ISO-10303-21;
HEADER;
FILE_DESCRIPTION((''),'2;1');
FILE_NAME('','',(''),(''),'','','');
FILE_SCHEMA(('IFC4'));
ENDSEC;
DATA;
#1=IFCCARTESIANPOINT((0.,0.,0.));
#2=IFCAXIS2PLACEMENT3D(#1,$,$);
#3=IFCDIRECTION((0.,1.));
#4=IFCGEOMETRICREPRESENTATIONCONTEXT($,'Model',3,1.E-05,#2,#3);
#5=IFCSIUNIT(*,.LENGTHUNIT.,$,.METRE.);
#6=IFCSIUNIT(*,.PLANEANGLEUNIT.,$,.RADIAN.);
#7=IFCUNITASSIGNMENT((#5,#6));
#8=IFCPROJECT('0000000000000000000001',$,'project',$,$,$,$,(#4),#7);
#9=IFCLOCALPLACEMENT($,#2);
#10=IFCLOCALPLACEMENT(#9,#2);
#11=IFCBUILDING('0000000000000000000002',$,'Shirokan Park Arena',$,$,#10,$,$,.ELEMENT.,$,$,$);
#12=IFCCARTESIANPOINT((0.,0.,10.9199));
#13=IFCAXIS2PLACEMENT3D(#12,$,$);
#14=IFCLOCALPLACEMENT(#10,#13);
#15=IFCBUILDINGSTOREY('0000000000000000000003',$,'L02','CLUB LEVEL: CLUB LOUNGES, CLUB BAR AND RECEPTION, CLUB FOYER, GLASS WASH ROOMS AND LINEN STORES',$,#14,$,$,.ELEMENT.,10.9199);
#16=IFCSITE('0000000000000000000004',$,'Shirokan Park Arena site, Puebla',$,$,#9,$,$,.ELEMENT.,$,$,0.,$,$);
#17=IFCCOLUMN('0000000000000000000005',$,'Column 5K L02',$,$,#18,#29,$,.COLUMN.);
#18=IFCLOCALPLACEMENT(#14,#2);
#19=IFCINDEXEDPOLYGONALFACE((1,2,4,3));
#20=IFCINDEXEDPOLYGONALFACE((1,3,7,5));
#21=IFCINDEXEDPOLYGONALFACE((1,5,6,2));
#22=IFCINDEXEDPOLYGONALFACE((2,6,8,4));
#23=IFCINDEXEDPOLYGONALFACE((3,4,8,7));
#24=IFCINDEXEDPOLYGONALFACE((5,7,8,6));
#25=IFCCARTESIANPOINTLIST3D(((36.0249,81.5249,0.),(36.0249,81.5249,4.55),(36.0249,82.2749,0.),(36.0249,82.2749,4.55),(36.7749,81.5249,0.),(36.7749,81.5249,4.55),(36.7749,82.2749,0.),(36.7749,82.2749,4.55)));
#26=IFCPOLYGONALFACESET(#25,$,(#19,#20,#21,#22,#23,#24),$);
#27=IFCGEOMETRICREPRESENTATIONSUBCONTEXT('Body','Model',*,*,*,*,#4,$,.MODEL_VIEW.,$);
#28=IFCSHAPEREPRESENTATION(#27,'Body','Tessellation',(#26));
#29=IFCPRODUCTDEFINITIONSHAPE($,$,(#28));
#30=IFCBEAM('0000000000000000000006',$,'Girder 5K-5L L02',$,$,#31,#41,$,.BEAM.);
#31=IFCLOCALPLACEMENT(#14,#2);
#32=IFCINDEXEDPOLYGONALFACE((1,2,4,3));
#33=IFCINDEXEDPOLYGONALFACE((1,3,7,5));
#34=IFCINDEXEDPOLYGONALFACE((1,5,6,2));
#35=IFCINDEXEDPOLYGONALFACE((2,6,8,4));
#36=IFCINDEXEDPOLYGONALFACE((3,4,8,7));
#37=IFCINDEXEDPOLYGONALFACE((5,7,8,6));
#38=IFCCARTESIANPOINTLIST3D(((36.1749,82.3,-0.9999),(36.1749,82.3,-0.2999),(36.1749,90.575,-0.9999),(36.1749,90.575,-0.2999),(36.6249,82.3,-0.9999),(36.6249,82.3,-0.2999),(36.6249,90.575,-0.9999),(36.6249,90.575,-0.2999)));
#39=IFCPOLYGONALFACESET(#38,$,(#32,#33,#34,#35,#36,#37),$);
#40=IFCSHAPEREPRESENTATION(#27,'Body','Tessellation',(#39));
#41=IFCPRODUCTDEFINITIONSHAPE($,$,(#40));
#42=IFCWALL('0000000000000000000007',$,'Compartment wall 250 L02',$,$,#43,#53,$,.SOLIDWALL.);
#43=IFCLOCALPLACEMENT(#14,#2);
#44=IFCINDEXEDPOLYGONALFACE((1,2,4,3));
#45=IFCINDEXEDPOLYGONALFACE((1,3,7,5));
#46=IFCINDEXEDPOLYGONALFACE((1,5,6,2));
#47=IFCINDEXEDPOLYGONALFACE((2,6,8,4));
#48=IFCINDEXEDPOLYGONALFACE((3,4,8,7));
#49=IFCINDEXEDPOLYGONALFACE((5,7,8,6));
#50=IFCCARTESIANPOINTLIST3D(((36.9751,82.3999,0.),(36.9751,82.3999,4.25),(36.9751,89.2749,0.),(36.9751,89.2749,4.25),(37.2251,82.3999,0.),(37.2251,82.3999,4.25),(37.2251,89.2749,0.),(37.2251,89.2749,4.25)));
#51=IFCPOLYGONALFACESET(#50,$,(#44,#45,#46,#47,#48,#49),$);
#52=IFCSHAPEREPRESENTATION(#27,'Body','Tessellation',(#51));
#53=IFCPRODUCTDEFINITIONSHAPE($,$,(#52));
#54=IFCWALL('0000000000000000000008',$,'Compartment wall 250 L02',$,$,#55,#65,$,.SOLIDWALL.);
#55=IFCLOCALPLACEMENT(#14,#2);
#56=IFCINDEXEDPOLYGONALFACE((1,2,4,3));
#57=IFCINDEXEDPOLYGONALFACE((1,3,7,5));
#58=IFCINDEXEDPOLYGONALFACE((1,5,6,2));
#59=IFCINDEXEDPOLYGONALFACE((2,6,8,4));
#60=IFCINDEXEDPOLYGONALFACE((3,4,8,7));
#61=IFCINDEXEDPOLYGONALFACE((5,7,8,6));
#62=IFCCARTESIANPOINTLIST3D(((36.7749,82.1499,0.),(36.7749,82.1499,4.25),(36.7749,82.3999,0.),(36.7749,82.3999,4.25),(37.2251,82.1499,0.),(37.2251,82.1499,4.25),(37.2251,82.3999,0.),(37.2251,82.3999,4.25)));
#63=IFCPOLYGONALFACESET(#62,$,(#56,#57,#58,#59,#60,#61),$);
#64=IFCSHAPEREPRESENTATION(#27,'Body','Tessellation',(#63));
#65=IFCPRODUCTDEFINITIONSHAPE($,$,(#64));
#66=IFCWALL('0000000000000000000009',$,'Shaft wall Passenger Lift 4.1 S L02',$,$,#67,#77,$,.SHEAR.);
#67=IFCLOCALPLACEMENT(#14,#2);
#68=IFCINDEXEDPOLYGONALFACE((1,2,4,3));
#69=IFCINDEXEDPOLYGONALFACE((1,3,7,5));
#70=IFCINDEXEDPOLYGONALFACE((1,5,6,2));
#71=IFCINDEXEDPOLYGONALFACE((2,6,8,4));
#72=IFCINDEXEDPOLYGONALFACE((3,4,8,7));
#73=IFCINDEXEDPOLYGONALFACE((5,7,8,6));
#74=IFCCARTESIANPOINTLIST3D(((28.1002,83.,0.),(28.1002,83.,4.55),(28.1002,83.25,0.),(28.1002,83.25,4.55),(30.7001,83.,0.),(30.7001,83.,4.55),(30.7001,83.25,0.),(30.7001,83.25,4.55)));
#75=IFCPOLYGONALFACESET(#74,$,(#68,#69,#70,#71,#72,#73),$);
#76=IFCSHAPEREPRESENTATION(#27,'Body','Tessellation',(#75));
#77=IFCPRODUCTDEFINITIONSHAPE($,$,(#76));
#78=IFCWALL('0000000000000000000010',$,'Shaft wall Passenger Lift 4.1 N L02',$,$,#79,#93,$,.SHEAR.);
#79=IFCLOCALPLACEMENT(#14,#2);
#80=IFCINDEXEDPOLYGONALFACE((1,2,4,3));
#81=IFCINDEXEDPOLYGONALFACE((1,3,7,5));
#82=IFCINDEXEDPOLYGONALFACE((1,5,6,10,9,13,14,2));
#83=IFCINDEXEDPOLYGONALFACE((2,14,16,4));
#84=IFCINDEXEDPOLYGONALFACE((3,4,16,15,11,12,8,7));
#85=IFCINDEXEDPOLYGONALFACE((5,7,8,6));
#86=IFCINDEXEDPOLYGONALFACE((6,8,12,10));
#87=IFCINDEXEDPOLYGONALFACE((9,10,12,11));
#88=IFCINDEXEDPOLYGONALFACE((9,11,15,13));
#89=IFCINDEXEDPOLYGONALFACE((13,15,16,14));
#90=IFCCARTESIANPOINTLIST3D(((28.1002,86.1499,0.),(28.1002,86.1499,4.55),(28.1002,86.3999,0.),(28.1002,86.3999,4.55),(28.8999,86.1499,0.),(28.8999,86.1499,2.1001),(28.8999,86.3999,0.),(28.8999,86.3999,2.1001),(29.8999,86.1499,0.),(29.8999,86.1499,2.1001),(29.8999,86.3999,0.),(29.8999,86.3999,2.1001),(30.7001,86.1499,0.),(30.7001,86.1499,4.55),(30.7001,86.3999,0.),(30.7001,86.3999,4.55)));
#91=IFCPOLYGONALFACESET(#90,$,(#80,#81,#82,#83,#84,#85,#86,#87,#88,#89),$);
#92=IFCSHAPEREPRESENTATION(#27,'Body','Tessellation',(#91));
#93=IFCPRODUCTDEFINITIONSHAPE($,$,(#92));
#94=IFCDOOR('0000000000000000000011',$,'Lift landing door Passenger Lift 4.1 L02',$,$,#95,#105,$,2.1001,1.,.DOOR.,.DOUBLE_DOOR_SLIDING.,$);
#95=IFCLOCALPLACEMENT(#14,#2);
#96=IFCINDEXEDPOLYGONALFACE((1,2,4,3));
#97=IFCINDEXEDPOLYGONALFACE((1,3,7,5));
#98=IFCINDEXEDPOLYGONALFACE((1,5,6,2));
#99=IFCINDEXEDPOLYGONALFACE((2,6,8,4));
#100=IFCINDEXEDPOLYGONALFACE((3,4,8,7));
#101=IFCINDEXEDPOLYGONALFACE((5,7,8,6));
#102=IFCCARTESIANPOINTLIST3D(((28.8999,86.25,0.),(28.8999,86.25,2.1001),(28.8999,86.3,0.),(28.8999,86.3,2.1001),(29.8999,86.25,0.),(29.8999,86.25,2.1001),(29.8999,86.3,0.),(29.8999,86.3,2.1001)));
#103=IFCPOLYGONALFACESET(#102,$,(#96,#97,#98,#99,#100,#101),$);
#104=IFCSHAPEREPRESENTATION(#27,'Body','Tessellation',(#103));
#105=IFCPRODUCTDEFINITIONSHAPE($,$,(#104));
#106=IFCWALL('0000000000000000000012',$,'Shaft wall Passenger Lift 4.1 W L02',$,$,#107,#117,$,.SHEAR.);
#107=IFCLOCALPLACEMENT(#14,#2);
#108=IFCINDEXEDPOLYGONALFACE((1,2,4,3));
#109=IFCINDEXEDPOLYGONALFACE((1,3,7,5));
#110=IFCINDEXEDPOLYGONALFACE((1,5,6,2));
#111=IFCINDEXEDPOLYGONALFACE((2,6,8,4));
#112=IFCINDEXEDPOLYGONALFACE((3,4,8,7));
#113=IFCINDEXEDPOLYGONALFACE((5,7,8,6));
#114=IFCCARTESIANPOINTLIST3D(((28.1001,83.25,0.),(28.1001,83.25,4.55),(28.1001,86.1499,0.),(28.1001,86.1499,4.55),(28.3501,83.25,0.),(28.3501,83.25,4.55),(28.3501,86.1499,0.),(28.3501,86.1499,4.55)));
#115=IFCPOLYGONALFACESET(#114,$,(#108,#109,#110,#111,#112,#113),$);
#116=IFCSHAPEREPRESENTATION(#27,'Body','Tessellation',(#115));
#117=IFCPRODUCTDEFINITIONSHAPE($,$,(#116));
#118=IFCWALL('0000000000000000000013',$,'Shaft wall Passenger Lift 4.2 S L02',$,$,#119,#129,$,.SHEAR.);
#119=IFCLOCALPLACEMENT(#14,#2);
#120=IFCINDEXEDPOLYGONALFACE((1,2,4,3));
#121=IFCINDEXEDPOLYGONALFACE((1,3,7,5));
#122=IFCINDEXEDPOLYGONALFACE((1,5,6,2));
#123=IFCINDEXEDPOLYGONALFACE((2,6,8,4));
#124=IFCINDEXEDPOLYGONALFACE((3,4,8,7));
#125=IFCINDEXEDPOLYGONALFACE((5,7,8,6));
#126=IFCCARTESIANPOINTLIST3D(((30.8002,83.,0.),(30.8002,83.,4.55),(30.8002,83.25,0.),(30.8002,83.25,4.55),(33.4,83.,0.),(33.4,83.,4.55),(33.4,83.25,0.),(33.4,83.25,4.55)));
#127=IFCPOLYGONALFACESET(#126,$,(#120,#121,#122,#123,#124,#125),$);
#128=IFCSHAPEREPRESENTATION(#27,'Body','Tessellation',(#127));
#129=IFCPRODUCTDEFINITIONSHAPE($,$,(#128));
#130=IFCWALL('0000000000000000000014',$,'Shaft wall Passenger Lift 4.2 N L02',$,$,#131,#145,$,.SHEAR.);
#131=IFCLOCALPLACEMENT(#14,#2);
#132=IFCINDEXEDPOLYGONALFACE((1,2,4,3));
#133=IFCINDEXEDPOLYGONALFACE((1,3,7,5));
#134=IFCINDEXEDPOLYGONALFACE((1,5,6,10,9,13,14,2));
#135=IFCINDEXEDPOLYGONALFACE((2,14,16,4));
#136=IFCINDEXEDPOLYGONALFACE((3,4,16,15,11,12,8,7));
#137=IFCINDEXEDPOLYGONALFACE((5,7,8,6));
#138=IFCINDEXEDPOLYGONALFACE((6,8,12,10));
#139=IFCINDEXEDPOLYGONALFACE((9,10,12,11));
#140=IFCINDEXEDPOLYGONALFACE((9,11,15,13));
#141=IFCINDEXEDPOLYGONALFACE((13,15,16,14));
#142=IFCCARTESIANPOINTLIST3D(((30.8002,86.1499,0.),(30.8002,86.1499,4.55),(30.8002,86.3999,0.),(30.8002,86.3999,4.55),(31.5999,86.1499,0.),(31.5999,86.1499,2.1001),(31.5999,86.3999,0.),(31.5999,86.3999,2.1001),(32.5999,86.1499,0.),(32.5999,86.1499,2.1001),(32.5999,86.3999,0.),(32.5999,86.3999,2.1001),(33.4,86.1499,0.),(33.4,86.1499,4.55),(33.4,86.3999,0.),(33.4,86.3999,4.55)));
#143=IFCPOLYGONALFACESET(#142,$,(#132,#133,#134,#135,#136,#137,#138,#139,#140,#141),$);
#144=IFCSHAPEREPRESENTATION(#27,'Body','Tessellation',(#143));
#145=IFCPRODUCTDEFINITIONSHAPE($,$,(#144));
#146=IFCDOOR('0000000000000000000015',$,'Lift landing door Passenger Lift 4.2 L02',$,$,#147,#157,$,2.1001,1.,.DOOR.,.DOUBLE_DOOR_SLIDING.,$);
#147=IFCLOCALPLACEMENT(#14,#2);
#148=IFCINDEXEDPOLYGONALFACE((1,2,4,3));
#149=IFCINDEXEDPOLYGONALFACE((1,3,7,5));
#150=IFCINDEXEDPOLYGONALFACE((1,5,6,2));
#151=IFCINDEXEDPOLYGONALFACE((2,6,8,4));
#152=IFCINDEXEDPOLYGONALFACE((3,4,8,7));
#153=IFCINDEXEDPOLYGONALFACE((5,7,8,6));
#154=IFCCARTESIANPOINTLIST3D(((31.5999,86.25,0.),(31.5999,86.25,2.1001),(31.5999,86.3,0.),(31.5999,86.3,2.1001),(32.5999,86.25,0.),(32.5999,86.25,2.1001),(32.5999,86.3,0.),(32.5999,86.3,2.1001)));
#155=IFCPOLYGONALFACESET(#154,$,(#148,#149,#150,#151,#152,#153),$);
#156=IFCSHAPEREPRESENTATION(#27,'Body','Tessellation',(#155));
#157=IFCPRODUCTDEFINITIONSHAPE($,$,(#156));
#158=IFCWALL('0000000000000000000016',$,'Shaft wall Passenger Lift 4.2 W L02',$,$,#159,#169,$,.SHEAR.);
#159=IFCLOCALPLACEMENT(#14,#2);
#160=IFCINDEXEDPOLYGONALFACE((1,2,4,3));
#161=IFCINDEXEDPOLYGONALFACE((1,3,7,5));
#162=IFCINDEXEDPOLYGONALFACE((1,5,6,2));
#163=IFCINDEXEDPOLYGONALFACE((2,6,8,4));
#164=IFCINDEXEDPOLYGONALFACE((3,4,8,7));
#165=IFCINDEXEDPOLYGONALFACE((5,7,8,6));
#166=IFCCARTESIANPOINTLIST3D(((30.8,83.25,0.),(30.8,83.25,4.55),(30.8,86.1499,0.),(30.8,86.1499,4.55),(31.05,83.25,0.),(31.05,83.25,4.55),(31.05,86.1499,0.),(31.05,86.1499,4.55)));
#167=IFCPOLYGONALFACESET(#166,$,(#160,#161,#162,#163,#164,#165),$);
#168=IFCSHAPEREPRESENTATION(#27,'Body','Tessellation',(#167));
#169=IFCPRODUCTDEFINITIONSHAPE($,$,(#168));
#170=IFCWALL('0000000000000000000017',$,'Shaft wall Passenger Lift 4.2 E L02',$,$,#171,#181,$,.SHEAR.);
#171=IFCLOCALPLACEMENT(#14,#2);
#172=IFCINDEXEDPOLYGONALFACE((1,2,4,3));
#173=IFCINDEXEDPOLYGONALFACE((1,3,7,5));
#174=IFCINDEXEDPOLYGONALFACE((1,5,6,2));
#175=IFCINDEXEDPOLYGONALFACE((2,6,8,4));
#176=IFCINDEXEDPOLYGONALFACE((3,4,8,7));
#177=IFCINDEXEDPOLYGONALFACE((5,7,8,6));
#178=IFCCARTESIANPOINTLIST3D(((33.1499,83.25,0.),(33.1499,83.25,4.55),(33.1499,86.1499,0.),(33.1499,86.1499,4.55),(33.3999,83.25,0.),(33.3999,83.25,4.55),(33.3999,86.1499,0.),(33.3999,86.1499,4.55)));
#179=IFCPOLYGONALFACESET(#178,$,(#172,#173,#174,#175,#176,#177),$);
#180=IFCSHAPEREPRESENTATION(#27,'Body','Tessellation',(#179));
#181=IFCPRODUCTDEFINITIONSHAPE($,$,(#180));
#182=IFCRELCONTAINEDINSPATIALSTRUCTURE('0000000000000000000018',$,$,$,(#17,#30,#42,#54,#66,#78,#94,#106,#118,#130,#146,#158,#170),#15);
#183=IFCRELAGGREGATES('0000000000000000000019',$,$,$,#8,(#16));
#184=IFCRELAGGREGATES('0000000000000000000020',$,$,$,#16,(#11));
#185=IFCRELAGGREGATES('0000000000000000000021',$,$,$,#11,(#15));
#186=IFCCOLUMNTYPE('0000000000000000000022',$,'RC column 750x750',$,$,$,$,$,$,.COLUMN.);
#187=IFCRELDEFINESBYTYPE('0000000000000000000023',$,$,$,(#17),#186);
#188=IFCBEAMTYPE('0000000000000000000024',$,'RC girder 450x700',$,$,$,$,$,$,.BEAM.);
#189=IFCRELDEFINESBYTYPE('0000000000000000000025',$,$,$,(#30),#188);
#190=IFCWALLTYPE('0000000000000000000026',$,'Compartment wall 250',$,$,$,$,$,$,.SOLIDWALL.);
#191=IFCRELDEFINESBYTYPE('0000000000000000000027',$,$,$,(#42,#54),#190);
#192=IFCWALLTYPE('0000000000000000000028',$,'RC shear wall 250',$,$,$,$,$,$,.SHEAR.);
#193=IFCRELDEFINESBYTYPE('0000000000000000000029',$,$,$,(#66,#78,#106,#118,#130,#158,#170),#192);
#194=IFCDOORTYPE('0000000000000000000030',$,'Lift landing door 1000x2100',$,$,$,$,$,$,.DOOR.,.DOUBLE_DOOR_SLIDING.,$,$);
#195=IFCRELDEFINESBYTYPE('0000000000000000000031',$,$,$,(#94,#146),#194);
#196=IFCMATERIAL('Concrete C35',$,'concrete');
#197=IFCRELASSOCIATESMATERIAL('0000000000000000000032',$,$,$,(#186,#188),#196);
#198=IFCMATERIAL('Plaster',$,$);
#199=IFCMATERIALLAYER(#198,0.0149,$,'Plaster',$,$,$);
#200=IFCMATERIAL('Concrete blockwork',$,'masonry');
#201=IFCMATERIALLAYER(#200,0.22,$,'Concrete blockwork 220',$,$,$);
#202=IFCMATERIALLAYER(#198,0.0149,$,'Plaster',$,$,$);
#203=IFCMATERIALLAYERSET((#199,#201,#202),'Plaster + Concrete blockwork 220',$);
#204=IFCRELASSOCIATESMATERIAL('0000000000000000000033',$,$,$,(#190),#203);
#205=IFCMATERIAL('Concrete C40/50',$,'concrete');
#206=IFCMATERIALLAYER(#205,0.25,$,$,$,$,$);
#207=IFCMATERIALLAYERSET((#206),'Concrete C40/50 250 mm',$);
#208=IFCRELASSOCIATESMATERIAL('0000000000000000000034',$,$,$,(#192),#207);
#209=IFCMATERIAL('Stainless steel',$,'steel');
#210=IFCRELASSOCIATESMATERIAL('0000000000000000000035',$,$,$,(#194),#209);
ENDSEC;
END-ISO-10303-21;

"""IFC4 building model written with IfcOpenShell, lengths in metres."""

from ifc_helpers import new_model, si_unit, direction, frame, frame_2d, origin, origin_2d, place, context, subcontext, project, spatial, rectangle, extrude, material, layer, layer_set, material_profile, profile_set, type_object, element, fill, save


model = new_model("IFC4")

# Units and contexts
model_context = context("Model", 3, precision=1e-05, world=origin(), true_north=direction((0.0, 1.0)))
body_context = subcontext(model_context, "Body", "Model", "MODEL_VIEW")
ifc_project = project(units=[si_unit("LENGTHUNIT", "METRE"), si_unit("PLANEANGLEUNIT", "RADIAN")], contexts=[model_context])

# Site, building, storey
site_placement = place(None, origin())
site = spatial("IfcSite", under=ifc_project, at=site_placement, Name="Shirokan Park Arena site, Puebla", CompositionType="ELEMENT", RefElevation=0.0)
building_placement = place(site_placement, origin())
building = spatial("IfcBuilding", under=site, at=building_placement, Name="Shirokan Park Arena", CompositionType="ELEMENT")
storey_placement = place(building_placement, frame((0.0, 0.0, 10.9199)))
storey = spatial("IfcBuildingStorey", under=building, at=storey_placement, Name="L02", Description="CLUB LEVEL: CLUB LOUNGES, CLUB BAR AND RECEPTION, CLUB FOYER, GLASS WASH ROOMS AND LINEN STORES", CompositionType="ELEMENT", Elevation=10.9199)

# Column
ifc_material_1 = material(Name="Concrete C35", Category="concrete")
ifc_material_profile_1 = material_profile(ifc_material_1, rectangle(XDim=0.75, YDim=0.75, at=origin_2d()), Name="750x750")
ifc_profile_set_1 = profile_set([ifc_material_profile_1], Name="Concrete C35")
column_type = type_object("IfcColumnType", Name="RC column 750x750", PredefinedType="COLUMN", material=ifc_profile_set_1)
column_placement = place(storey_placement, frame((36.3999, 81.8999, 0.0), z_axis=(0.0, 0.0, 1.0), x_axis=(1.0, 0.0, 0.0)))
element("IfcColumn", 1, at=column_placement, inside=storey, type_object=column_type, Name="Column 5K L02", PredefinedType="COLUMN", context=body_context, shape_type="SweptSolid", body=[
    extrude(rectangle(XDim=0.75, YDim=0.75, at=origin_2d()), origin(), (0.0, 0.0, 1.0), 4.55),
])

# Beam
ifc_material_profile_2 = material_profile(ifc_material_1, rectangle(XDim=0.45, YDim=0.7, at=origin_2d()), Name="450x700")
ifc_profile_set_2 = profile_set([ifc_material_profile_2], Name="Concrete C35")
beam_type = type_object("IfcBeamType", Name="RC girder 450x700", PredefinedType="BEAM", material=ifc_profile_set_2)
beam_placement = place(storey_placement, frame((36.3999, 82.3, -0.6499), z_axis=(0.0, 1.0, 0.0), x_axis=(-1.0, 0.0, 0.0)))
element("IfcBeam", 2, at=beam_placement, inside=storey, type_object=beam_type, Name="Girder 5K-5L L02", PredefinedType="BEAM", context=body_context, shape_type="SweptSolid", body=[
    extrude(rectangle(XDim=0.45, YDim=0.7, at=origin_2d()), origin(), (0.0, 0.0, 1.0), 8.2749),
])

# Walls
ifc_material_2 = material(Name="Plaster")
ifc_layer_1 = layer(ifc_material_2, 0.0149, Name="Plaster")
ifc_material_3 = material(Name="Concrete blockwork", Category="masonry")
ifc_layer_2 = layer(ifc_material_3, 0.22, Name="Concrete blockwork 220")
ifc_layer_3 = layer(ifc_material_2, 0.0149, Name="Plaster")
ifc_layer_set_1 = layer_set([ifc_layer_1, ifc_layer_2, ifc_layer_3], Name="Plaster + Concrete blockwork 220")
wall_type_1 = type_object("IfcWallType", Name="Compartment wall 250", PredefinedType="SOLIDWALL", material=ifc_layer_set_1)
wall_1_placement = place(storey_placement, frame((37.1001, 89.2749, 0.0), z_axis=(0.0, 0.0, 1.0), x_axis=(0.0, -1.0, 0.0)))
element("IfcWall", 3, at=wall_1_placement, inside=storey, type_object=wall_type_1, Name="Compartment wall 250 L02", PredefinedType="SOLIDWALL", context=body_context, shape_type="SweptSolid", body=[
    extrude(rectangle(XDim=6.875, YDim=0.25, at=frame_2d((3.4375, 0.0))), origin(), (0.0, 0.0, 1.0), 4.25),
])
wall_2_placement = place(storey_placement, frame((37.2251, 82.2749, 0.0), z_axis=(0.0, 0.0, 1.0), x_axis=(-1.0, 0.0, 0.0)))
element("IfcWall", 4, at=wall_2_placement, inside=storey, type_object=wall_type_1, Name="Compartment wall 250 L02", PredefinedType="SOLIDWALL", context=body_context, shape_type="SweptSolid", body=[
    extrude(rectangle(XDim=0.4502, YDim=0.25, at=frame_2d((0.2251, 0.0))), origin(), (0.0, 0.0, 1.0), 4.25),
])
ifc_material_4 = material(Name="Concrete C40/50", Category="concrete")
ifc_layer_4 = layer(ifc_material_4, 0.25)
ifc_layer_set_2 = layer_set([ifc_layer_4], Name="Concrete C40/50 250 mm")
wall_type_2 = type_object("IfcWallType", Name="RC shear wall 250", PredefinedType="SHEAR", material=ifc_layer_set_2)
wall_3_placement = place(storey_placement, frame((30.7, 83.125, 0.0), z_axis=(0.0, 0.0, 1.0), x_axis=(-1.0, 0.0, 0.0)))
element("IfcWall", 5, at=wall_3_placement, inside=storey, type_object=wall_type_2, Name="Shaft wall Passenger Lift 4.1 S L02", PredefinedType="SHEAR", context=body_context, shape_type="SweptSolid", body=[
    extrude(rectangle(XDim=2.5999, YDim=0.25, at=frame_2d((1.2998, 0.0))), origin(), (0.0, 0.0, 1.0), 4.55),
])

# Wall, opening, door
wall_4_placement = place(storey_placement, frame((30.7, 86.2749, 0.0), z_axis=(0.0, 0.0, 1.0), x_axis=(-1.0, 0.0, 0.0)))
wall_4 = element("IfcWall", 6, at=wall_4_placement, inside=storey, type_object=wall_type_2, Name="Shaft wall Passenger Lift 4.1 N L02", PredefinedType="SHEAR", context=body_context, shape_type="SweptSolid", body=[
    extrude(rectangle(XDim=2.5999, YDim=0.25, at=frame_2d((1.2998, 0.0))), origin(), (0.0, 0.0, 1.0), 4.55),
])
opening_1_placement = place(wall_4_placement, frame((0.8, 0.0, 0.0)))
opening_1 = element("IfcOpeningElement", 7, at=opening_1_placement, cuts=wall_4, PredefinedType="OPENING", context=body_context, shape_type="SweptSolid", body=[
    extrude(rectangle(XDim=1.0, YDim=2.1001, at=frame_2d((0.5, 1.05))), frame((0.0, 0.135, 0.0), z_axis=(0.0, -1.0, 0.0), x_axis=(1.0, 0.0, 0.0)), (0.0, 0.0, 1.0), 0.27),
])
ifc_material_5 = material(Name="Stainless steel", Category="steel")
door_type_1 = type_object("IfcDoorType", Name="Lift landing door 1000x2100", OperationType="DOUBLE_DOOR_SLIDING", PredefinedType="DOOR", material=ifc_material_5)
door_1_placement = place(opening_1_placement, origin())
door_1 = element("IfcDoor", 8, at=door_1_placement, inside=storey, type_object=door_type_1, Name="Lift landing door Passenger Lift 4.1 L02", OperationType="DOUBLE_DOOR_SLIDING", OverallHeight=2.1001, OverallWidth=1.0, PredefinedType="DOOR", context=body_context, shape_type="SweptSolid", body=[
    extrude(rectangle(XDim=1.0, YDim=2.1001, at=frame_2d((0.5, 1.05))), frame((0.0, 0.0249, 0.0), z_axis=(0.0, -1.0, 0.0), x_axis=(1.0, 0.0, 0.0)), (0.0, 0.0, 1.0), 0.05),
])
fill(opening_1, door_1)

# Walls
wall_5_placement = place(storey_placement, frame((28.2251, 86.1499, 0.0), z_axis=(0.0, 0.0, 1.0), x_axis=(0.0, -1.0, 0.0)))
element("IfcWall", 9, at=wall_5_placement, inside=storey, type_object=wall_type_2, Name="Shaft wall Passenger Lift 4.1 W L02", PredefinedType="SHEAR", context=body_context, shape_type="SweptSolid", body=[
    extrude(rectangle(XDim=2.8999, YDim=0.25, at=frame_2d((1.45, 0.0))), origin(), (0.0, 0.0, 1.0), 4.55),
])
wall_6_placement = place(storey_placement, frame((33.3999, 83.125, 0.0), z_axis=(0.0, 0.0, 1.0), x_axis=(-1.0, 0.0, 0.0)))
element("IfcWall", 10, at=wall_6_placement, inside=storey, type_object=wall_type_2, Name="Shaft wall Passenger Lift 4.2 S L02", PredefinedType="SHEAR", context=body_context, shape_type="SweptSolid", body=[
    extrude(rectangle(XDim=2.5999, YDim=0.25, at=frame_2d((1.2998, 0.0))), origin(), (0.0, 0.0, 1.0), 4.55),
])

# Wall, opening, door
wall_7_placement = place(storey_placement, frame((33.3999, 86.2749, 0.0), z_axis=(0.0, 0.0, 1.0), x_axis=(-1.0, 0.0, 0.0)))
wall_7 = element("IfcWall", 11, at=wall_7_placement, inside=storey, type_object=wall_type_2, Name="Shaft wall Passenger Lift 4.2 N L02", PredefinedType="SHEAR", context=body_context, shape_type="SweptSolid", body=[
    extrude(rectangle(XDim=2.5999, YDim=0.25, at=frame_2d((1.2998, 0.0))), origin(), (0.0, 0.0, 1.0), 4.55),
])
opening_2_placement = place(wall_7_placement, frame((0.8, 0.0, 0.0)))
opening_2 = element("IfcOpeningElement", 12, at=opening_2_placement, cuts=wall_7, PredefinedType="OPENING", context=body_context, shape_type="SweptSolid", body=[
    extrude(rectangle(XDim=1.0, YDim=2.1001, at=frame_2d((0.5, 1.05))), frame((0.0, 0.135, 0.0), z_axis=(0.0, -1.0, 0.0), x_axis=(1.0, 0.0, 0.0)), (0.0, 0.0, 1.0), 0.27),
])
door_2_placement = place(opening_2_placement, origin())
door_2 = element("IfcDoor", 13, at=door_2_placement, inside=storey, type_object=door_type_1, Name="Lift landing door Passenger Lift 4.2 L02", OperationType="DOUBLE_DOOR_SLIDING", OverallHeight=2.1001, OverallWidth=1.0, PredefinedType="DOOR", context=body_context, shape_type="SweptSolid", body=[
    extrude(rectangle(XDim=1.0, YDim=2.1001, at=frame_2d((0.5, 1.05))), frame((0.0, 0.0249, 0.0), z_axis=(0.0, -1.0, 0.0), x_axis=(1.0, 0.0, 0.0)), (0.0, 0.0, 1.0), 0.05),
])
fill(opening_2, door_2)

# Walls
for number, where, z_axis, x_axis, name in (
    (14, (30.925, 86.1499, 0.0), (0.0, 0.0, 1.0), (0.0, -1.0, 0.0), "Shaft wall Passenger Lift 4.2 W L02"),
    (15, (33.2749, 86.1499, 0.0), (0.0, 0.0, 1.0), (0.0, -1.0, 0.0), "Shaft wall Passenger Lift 4.2 E L02"),
):
    element("IfcWall", number, at=place(storey_placement, frame(where, z_axis=z_axis, x_axis=x_axis)), inside=storey, type_object=wall_type_2, Name=name, PredefinedType="SHEAR", context=body_context, shape_type="SweptSolid", body=[
        extrude(rectangle(XDim=2.8999, YDim=0.25, at=frame_2d((1.45, 0.0))), origin(), (0.0, 0.0, 1.0), 4.55),
    ])

save(model, "model.ifc")
